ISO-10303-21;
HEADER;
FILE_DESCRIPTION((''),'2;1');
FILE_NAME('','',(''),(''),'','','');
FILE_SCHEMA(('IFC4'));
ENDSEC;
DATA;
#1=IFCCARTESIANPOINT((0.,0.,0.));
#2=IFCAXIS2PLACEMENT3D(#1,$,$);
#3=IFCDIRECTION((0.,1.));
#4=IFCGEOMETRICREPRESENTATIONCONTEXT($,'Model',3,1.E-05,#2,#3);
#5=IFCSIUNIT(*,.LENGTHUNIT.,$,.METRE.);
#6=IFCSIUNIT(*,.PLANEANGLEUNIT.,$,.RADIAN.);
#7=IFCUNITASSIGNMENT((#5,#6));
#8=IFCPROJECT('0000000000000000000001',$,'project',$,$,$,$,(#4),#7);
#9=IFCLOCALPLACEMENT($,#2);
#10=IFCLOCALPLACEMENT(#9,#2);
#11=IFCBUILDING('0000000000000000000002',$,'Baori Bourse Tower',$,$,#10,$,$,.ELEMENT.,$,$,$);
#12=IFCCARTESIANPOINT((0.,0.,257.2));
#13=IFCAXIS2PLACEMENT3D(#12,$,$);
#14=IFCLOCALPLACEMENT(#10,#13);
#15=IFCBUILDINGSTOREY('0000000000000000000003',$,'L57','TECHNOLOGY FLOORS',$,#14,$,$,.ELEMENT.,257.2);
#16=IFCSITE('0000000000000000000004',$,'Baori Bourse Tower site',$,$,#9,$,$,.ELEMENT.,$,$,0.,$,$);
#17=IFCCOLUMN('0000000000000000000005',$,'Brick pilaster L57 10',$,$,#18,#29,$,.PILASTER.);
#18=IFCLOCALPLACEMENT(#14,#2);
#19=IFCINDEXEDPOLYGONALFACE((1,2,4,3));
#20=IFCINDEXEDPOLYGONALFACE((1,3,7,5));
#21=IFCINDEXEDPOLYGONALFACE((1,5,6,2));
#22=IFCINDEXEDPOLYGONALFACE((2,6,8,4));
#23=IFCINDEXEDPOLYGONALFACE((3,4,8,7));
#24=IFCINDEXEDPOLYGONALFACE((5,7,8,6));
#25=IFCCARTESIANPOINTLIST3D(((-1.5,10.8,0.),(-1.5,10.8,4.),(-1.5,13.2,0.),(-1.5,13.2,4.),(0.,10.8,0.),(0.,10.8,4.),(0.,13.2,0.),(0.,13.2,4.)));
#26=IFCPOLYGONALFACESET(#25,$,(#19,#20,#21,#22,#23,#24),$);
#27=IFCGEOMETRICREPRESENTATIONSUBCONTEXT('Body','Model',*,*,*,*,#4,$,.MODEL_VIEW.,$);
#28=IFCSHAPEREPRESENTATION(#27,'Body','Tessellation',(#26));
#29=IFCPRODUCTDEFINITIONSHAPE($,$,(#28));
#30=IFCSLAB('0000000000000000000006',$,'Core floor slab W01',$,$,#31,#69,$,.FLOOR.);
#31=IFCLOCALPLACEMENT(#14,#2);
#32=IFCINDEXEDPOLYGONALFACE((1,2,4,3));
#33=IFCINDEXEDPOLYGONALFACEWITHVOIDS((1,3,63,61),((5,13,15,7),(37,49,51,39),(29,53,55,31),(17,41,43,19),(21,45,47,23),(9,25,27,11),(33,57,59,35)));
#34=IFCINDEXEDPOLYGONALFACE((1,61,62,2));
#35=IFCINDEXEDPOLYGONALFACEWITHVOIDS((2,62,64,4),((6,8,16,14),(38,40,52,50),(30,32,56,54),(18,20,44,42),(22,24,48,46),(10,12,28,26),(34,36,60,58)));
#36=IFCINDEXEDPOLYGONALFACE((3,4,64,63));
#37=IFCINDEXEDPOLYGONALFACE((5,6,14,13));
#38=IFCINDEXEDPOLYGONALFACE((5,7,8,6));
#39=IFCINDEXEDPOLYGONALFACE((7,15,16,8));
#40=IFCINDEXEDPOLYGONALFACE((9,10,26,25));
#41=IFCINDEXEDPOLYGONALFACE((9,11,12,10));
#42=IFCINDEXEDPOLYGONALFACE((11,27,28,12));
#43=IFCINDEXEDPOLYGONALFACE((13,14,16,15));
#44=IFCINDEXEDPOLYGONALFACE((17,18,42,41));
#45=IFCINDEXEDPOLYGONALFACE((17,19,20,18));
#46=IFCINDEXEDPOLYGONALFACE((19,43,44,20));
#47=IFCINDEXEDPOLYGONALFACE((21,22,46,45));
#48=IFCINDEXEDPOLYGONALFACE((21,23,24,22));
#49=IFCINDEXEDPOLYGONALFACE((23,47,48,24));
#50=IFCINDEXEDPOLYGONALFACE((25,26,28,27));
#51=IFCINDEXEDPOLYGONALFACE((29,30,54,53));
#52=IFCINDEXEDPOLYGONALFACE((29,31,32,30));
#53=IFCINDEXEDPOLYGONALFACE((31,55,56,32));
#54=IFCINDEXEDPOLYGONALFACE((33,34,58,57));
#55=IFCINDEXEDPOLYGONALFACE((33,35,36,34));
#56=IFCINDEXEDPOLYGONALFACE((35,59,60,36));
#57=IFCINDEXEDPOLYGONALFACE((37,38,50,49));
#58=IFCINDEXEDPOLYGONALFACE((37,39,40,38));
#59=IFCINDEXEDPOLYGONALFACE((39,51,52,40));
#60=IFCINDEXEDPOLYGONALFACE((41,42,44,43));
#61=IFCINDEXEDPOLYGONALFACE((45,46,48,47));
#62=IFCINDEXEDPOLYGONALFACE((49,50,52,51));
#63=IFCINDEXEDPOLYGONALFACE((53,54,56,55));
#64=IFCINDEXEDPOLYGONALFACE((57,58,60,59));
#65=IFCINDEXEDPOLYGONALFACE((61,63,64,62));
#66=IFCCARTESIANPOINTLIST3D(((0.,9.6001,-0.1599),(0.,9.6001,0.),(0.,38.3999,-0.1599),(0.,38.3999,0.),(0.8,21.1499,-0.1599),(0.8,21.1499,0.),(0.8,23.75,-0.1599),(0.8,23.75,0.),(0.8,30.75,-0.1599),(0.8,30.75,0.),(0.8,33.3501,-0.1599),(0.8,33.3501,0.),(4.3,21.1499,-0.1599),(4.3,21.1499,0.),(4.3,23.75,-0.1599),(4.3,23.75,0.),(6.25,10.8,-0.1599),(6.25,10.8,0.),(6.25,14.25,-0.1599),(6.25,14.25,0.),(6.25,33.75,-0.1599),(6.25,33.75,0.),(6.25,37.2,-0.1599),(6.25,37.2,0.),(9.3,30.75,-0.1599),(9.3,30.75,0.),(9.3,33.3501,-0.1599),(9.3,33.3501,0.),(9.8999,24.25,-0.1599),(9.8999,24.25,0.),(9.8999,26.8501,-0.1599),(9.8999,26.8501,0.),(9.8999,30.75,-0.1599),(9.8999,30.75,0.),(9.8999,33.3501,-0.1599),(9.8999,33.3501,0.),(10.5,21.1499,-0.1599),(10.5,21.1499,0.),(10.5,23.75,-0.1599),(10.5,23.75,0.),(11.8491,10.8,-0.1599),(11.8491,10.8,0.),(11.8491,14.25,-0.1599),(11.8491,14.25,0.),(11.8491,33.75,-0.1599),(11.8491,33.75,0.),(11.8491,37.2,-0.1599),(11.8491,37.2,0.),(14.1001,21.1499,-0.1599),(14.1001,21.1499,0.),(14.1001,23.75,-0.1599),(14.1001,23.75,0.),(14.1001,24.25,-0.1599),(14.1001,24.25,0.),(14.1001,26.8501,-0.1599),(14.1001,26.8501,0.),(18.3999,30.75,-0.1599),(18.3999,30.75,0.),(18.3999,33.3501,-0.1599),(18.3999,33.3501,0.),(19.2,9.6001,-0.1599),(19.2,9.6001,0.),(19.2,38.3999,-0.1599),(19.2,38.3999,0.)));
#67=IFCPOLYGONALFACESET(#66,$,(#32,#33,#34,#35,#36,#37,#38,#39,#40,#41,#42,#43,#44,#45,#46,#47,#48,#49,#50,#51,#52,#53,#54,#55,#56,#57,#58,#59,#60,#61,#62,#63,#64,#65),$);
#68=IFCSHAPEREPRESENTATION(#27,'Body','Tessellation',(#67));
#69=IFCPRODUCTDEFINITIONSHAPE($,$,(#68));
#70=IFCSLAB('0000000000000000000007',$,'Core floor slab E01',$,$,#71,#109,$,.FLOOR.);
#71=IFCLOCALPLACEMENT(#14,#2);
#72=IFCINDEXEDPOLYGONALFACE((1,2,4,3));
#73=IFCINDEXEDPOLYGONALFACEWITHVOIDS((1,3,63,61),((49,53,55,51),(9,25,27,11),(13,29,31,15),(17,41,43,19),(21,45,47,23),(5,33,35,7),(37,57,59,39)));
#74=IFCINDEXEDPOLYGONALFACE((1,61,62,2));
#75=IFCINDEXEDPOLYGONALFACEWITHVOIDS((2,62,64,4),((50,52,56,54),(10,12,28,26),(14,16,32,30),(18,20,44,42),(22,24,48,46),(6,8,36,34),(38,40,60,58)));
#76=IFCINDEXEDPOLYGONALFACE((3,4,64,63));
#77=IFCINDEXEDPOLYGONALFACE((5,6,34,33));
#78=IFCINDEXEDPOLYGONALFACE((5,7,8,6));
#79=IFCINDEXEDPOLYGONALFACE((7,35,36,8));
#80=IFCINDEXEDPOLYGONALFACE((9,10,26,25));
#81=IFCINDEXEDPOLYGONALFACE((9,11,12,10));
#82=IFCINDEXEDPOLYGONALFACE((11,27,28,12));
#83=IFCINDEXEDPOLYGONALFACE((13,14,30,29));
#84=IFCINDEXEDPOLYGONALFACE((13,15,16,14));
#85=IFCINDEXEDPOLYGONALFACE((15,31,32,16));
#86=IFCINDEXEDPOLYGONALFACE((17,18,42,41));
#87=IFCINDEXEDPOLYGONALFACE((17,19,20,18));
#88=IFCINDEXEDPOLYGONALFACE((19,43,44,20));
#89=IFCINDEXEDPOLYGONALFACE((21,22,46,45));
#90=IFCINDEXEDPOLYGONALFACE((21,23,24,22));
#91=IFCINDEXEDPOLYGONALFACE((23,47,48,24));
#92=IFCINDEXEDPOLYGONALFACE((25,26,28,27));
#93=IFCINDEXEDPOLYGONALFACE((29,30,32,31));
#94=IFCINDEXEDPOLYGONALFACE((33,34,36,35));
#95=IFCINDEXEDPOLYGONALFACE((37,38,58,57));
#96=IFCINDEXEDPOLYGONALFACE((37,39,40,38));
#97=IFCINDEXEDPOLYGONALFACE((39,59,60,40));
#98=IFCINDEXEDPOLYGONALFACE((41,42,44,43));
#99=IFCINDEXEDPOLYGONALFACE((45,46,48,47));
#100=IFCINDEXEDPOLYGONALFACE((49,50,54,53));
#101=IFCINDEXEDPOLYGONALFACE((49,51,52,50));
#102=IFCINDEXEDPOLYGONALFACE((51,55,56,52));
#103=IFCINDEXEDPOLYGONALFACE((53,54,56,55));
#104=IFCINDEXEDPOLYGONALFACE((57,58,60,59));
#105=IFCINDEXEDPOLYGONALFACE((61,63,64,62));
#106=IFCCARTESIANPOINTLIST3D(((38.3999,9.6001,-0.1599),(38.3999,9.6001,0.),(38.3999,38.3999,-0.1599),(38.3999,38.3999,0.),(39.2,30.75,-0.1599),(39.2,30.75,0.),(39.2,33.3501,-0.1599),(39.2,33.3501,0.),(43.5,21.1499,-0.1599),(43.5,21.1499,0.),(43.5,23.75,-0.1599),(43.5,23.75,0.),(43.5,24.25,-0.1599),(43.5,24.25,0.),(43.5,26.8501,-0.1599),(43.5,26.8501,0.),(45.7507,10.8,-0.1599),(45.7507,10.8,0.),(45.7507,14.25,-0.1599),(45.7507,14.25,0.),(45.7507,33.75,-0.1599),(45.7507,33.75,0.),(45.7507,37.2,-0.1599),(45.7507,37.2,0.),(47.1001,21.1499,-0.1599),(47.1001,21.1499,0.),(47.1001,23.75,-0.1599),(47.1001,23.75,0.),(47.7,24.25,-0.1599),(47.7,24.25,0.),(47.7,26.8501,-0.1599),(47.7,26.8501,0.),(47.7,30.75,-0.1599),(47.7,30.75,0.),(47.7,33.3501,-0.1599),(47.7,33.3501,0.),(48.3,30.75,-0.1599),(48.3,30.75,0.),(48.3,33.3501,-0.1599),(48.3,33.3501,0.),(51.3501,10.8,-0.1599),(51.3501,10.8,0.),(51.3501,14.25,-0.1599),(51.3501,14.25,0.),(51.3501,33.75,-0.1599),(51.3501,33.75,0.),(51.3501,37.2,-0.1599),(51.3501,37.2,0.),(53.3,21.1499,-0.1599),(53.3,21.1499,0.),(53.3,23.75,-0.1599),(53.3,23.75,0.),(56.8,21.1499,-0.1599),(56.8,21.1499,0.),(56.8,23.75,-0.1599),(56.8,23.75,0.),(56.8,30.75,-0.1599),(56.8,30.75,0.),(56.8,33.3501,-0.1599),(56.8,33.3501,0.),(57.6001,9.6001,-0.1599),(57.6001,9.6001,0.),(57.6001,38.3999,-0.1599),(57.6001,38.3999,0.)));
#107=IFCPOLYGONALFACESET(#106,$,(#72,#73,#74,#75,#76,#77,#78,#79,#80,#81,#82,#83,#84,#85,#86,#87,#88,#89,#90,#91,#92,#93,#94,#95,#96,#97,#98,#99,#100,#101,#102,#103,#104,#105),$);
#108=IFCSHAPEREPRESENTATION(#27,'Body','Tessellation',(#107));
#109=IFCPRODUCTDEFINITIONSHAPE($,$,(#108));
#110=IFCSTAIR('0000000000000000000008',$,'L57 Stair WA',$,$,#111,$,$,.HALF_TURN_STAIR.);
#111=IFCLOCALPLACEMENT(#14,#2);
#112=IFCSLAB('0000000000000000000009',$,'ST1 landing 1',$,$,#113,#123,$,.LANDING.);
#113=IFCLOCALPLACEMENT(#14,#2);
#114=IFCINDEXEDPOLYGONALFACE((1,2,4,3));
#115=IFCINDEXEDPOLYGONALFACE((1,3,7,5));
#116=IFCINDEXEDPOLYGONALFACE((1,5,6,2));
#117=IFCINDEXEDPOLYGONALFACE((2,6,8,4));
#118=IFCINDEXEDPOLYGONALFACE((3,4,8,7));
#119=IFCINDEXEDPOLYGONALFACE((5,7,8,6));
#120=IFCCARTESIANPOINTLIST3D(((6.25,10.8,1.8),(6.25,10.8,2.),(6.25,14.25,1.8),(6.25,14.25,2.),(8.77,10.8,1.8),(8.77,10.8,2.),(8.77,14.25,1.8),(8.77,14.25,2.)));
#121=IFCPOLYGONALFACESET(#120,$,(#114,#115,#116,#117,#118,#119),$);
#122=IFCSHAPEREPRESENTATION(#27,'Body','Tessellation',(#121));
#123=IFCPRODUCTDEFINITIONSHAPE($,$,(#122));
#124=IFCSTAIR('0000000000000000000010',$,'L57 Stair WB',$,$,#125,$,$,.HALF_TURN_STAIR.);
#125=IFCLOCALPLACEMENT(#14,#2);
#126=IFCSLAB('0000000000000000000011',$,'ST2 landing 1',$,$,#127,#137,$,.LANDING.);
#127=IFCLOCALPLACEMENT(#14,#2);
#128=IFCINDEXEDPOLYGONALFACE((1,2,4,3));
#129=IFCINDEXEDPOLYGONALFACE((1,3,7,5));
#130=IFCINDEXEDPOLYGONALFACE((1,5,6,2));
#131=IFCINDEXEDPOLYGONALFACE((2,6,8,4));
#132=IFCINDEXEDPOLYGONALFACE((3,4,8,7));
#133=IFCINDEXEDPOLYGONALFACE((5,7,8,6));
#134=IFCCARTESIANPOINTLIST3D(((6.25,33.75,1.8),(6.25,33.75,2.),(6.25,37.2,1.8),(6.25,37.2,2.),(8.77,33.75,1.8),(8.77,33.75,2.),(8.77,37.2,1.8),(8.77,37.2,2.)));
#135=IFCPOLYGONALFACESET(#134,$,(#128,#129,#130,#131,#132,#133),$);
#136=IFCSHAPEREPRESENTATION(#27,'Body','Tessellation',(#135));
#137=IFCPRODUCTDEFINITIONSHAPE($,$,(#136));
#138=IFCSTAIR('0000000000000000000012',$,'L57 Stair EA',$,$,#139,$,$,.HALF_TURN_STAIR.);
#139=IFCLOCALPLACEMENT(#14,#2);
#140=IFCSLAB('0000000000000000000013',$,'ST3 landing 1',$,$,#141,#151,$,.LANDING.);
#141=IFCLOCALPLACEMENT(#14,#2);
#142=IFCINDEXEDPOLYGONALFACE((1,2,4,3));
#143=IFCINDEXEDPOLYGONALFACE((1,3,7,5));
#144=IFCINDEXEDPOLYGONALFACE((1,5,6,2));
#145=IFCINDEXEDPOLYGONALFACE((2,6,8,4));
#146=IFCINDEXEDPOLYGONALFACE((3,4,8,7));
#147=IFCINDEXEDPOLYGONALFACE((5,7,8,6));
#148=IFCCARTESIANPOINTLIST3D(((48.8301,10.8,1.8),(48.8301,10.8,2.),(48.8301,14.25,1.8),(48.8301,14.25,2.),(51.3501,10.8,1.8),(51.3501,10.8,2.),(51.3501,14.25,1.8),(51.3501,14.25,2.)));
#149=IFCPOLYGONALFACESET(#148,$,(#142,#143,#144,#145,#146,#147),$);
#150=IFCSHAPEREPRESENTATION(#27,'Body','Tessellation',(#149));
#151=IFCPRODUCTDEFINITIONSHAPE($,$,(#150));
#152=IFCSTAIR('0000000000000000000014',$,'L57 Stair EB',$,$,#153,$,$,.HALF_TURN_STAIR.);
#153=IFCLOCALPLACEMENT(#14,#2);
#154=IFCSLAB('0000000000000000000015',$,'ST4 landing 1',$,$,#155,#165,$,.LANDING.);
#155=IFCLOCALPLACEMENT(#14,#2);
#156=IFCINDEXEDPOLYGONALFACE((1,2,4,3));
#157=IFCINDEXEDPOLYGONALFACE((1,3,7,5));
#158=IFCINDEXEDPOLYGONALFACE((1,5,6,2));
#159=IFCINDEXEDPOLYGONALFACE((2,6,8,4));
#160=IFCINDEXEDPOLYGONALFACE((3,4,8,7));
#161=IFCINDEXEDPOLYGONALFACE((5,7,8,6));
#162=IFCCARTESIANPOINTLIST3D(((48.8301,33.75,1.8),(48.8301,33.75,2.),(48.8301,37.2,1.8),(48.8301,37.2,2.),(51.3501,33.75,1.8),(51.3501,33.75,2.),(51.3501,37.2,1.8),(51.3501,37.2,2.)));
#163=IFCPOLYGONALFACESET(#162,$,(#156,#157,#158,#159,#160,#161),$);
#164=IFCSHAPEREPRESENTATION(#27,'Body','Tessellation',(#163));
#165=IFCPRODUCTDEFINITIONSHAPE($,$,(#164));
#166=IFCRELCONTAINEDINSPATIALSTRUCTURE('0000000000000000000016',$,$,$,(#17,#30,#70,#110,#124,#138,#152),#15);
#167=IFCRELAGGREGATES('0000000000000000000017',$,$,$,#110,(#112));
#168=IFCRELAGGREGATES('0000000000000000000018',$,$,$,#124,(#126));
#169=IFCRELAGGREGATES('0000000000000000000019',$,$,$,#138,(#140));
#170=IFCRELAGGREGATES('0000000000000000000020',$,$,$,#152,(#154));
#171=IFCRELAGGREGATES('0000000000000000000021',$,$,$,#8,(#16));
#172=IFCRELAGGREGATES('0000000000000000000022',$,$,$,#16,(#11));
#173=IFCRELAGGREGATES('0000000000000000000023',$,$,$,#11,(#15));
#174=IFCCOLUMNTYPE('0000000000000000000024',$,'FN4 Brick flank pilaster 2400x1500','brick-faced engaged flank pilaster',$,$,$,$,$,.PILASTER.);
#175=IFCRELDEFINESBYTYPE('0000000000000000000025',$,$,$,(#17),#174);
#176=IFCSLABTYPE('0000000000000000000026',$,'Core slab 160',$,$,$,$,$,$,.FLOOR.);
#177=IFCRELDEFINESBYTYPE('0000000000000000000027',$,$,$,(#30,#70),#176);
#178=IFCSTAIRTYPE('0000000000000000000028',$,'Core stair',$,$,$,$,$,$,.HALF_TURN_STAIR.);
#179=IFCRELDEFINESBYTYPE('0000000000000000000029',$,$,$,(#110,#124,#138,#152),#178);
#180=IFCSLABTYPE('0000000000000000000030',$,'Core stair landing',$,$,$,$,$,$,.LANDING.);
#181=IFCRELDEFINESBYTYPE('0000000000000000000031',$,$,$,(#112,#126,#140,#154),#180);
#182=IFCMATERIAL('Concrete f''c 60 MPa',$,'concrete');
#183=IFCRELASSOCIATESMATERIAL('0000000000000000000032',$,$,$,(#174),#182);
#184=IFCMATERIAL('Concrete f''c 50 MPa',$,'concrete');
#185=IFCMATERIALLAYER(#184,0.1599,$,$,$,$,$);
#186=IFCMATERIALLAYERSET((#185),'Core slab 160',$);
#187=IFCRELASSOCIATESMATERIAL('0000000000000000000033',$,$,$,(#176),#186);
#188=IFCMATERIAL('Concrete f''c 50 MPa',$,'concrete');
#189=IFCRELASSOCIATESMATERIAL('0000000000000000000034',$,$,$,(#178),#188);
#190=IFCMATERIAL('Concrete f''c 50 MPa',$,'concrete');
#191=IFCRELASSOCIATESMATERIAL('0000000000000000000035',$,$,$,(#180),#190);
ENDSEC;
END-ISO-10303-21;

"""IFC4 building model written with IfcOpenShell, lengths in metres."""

from ifc_helpers import new_model, si_unit, direction, frame, origin, origin_2d, place, context, subcontext, project, spatial, polyline, rectangle, outline, extrude, material, layer, layer_set, material_profile, profile_set, type_object, element, aggregate, save


model = new_model("IFC4")

# Units and contexts
model_context = context("Model", 3, precision=1e-05, world=origin(), true_north=direction((0.0, 1.0)))
body_context = subcontext(model_context, "Body", "Model", "MODEL_VIEW")
ifc_project = project(units=[si_unit("LENGTHUNIT", "METRE"), si_unit("PLANEANGLEUNIT", "RADIAN")], contexts=[model_context])

# Site, building, storey
site_placement = place(None, origin())
site = spatial("IfcSite", under=ifc_project, at=site_placement, Name="Baori Bourse Tower site", CompositionType="ELEMENT", RefElevation=0.0)
building_placement = place(site_placement, origin())
building = spatial("IfcBuilding", under=site, at=building_placement, Name="Baori Bourse Tower", CompositionType="ELEMENT")
storey_placement = place(building_placement, frame((0.0, 0.0, 257.2)))
storey = spatial("IfcBuildingStorey", under=building, at=storey_placement, Name="L57", Description="TECHNOLOGY FLOORS", CompositionType="ELEMENT", Elevation=257.2)

# Column
ifc_material_1 = material(Name="Concrete f'c 60 MPa", Category="concrete")
ifc_material_profile = material_profile(ifc_material_1, rectangle(XDim=2.3999, YDim=1.5, at=origin_2d()), Name="RC 2400x1500")
ifc_profile_set = profile_set([ifc_material_profile], Name="Concrete f'c 60 MPa")
column_type = type_object("IfcColumnType", Name="FN4 Brick flank pilaster 2400x1500", Description="brick-faced engaged flank pilaster", PredefinedType="PILASTER", material=ifc_profile_set)
column_placement = place(storey_placement, frame((-0.75, 12.0, 0.0), z_axis=(0.0, 0.0, 1.0), x_axis=(0.0, 1.0, 0.0)))
element("IfcColumn", 1, at=column_placement, inside=storey, type_object=column_type, Name="Brick pilaster L57 10", PredefinedType="PILASTER", context=body_context, shape_type="SweptSolid", body=[
    extrude(rectangle(XDim=2.3999, YDim=1.5, at=origin_2d()), origin(), (0.0, 0.0, 1.0), 4.0),
])

# Slabs
ifc_material_2 = material(Name="Concrete f'c 50 MPa", Category="concrete")
ifc_layer_1 = layer(ifc_material_2, 0.1599)
ifc_layer_set_1 = layer_set([ifc_layer_1], Name="Core slab 160")
slab_type_1 = type_object("IfcSlabType", Name="Core slab 160", PredefinedType="FLOOR", material=ifc_layer_set_1)
slab_1_placement = place(storey_placement, frame((0.0, 0.0, -0.1599)))
element("IfcSlab", 2, at=slab_1_placement, inside=storey, type_object=slab_type_1, Name="Core floor slab W01", PredefinedType="FLOOR", context=body_context, shape_type="SweptSolid", body=[
    extrude(outline(polyline([(19.2, 38.3999), (0.0, 38.3999), (0.0, 9.6001), (19.2, 9.6001), (19.2, 38.3999)]), holes=[polyline([(9.8999, 33.3501), (18.3999, 33.3501), (18.3999, 30.75), (9.8999, 30.75), (9.8999, 33.3501)]), polyline([(10.5, 21.1499), (10.5, 23.75), (14.1001, 23.75), (14.1001, 21.1499), (10.5, 21.1499)]), polyline([(14.1001, 24.25), (9.8999, 24.25), (9.8999, 26.8501), (14.1001, 26.8501), (14.1001, 24.25)]), polyline([(6.25, 14.25), (11.8491, 14.25), (11.8491, 10.8), (6.25, 10.8), (6.25, 14.25)]), polyline([(11.8491, 37.2), (11.8491, 33.75), (6.25, 33.75), (6.25, 37.2), (11.8491, 37.2)]), polyline([(0.8, 30.75), (0.8, 33.3501), (9.3, 33.3501), (9.3, 30.75), (0.8, 30.75)]), polyline([(4.3, 23.75), (4.3, 21.1499), (0.8, 21.1499), (0.8, 23.75), (4.3, 23.75)])]), origin(), (0.0, 0.0, 1.0), 0.1599),
])
slab_2_placement = place(storey_placement, frame((0.0, 0.0, -0.1599)))
element("IfcSlab", 3, at=slab_2_placement, inside=storey, type_object=slab_type_1, Name="Core floor slab E01", PredefinedType="FLOOR", context=body_context, shape_type="SweptSolid", body=[
    extrude(outline(polyline([(57.6001, 9.6001), (57.6001, 38.3999), (38.3999, 38.3999), (38.3999, 9.6001), (57.6001, 9.6001)]), holes=[polyline([(48.3, 33.3501), (56.8, 33.3501), (56.8, 30.75), (48.3, 30.75), (48.3, 33.3501)]), polyline([(56.8, 21.1499), (53.3, 21.1499), (53.3, 23.75), (56.8, 23.75), (56.8, 21.1499)]), polyline([(45.7507, 14.25), (51.3501, 14.25), (51.3501, 10.8), (45.7507, 10.8), (45.7507, 14.25)]), polyline([(51.3501, 37.2), (51.3501, 33.75), (45.7507, 33.75), (45.7507, 37.2), (51.3501, 37.2)]), polyline([(43.5, 24.25), (43.5, 26.8501), (47.7, 26.8501), (47.7, 24.25), (43.5, 24.25)]), polyline([(47.7, 33.3501), (47.7, 30.75), (39.2, 30.75), (39.2, 33.3501), (47.7, 33.3501)]), polyline([(43.5, 23.75), (47.1001, 23.75), (47.1001, 21.1499), (43.5, 21.1499), (43.5, 23.75)])]), origin(), (0.0, 0.0, 1.0), 0.1599),
])

# Stairs, slabs
ifc_material_3 = material(Name="Concrete f'c 50 MPa", Category="concrete")
stair_type = type_object("IfcStairType", Name="Core stair", PredefinedType="HALF_TURN_STAIR", material=ifc_material_3)
stair_1_placement = place(storey_placement, origin())
stair_1 = element("IfcStair", 4, at=stair_1_placement, inside=storey, type_object=stair_type, Name="L57 Stair WA", PredefinedType="HALF_TURN_STAIR")
ifc_material_4 = material(Name="Concrete f'c 50 MPa", Category="concrete")
slab_type_2 = type_object("IfcSlabType", Name="Core stair landing", PredefinedType="LANDING", material=ifc_material_4)
slab_3_placement = place(storey_placement, frame((0.0, 0.0, 1.8)))
slab_3 = element("IfcSlab", 5, at=slab_3_placement, type_object=slab_type_2, Name="ST1 landing 1", PredefinedType="LANDING", context=body_context, shape_type="SweptSolid", body=[
    extrude(outline(polyline([(8.77, 14.25), (6.25, 14.25), (6.25, 10.8), (8.77, 10.8), (8.77, 14.25)])), origin(), (0.0, 0.0, 1.0), 0.2),
])
aggregate(stair_1, [slab_3])
stair_2_placement = place(storey_placement, origin())
stair_2 = element("IfcStair", 6, at=stair_2_placement, inside=storey, type_object=stair_type, Name="L57 Stair WB", PredefinedType="HALF_TURN_STAIR")
slab_4_placement = place(storey_placement, frame((0.0, 0.0, 1.8)))
slab_4 = element("IfcSlab", 7, at=slab_4_placement, type_object=slab_type_2, Name="ST2 landing 1", PredefinedType="LANDING", context=body_context, shape_type="SweptSolid", body=[
    extrude(outline(polyline([(8.77, 37.2), (6.25, 37.2), (6.25, 33.75), (8.77, 33.75), (8.77, 37.2)])), origin(), (0.0, 0.0, 1.0), 0.2),
])
aggregate(stair_2, [slab_4])
stair_3_placement = place(storey_placement, origin())
stair_3 = element("IfcStair", 8, at=stair_3_placement, inside=storey, type_object=stair_type, Name="L57 Stair EA", PredefinedType="HALF_TURN_STAIR")
slab_5_placement = place(storey_placement, frame((0.0, 0.0, 1.8)))
slab_5 = element("IfcSlab", 9, at=slab_5_placement, type_object=slab_type_2, Name="ST3 landing 1", PredefinedType="LANDING", context=body_context, shape_type="SweptSolid", body=[
    extrude(outline(polyline([(48.8301, 10.8), (51.3501, 10.8), (51.3501, 14.25), (48.8301, 14.25), (48.8301, 10.8)])), origin(), (0.0, 0.0, 1.0), 0.2),
])
aggregate(stair_3, [slab_5])
stair_4_placement = place(storey_placement, origin())
stair_4 = element("IfcStair", 10, at=stair_4_placement, inside=storey, type_object=stair_type, Name="L57 Stair EB", PredefinedType="HALF_TURN_STAIR")
slab_6_placement = place(storey_placement, frame((0.0, 0.0, 1.8)))
slab_6 = element("IfcSlab", 11, at=slab_6_placement, type_object=slab_type_2, Name="ST4 landing 1", PredefinedType="LANDING", context=body_context, shape_type="SweptSolid", body=[
    extrude(outline(polyline([(48.8301, 33.75), (51.3501, 33.75), (51.3501, 37.2), (48.8301, 37.2), (48.8301, 33.75)])), origin(), (0.0, 0.0, 1.0), 0.2),
])
aggregate(stair_4, [slab_6])

save(model, "model.ifc")
